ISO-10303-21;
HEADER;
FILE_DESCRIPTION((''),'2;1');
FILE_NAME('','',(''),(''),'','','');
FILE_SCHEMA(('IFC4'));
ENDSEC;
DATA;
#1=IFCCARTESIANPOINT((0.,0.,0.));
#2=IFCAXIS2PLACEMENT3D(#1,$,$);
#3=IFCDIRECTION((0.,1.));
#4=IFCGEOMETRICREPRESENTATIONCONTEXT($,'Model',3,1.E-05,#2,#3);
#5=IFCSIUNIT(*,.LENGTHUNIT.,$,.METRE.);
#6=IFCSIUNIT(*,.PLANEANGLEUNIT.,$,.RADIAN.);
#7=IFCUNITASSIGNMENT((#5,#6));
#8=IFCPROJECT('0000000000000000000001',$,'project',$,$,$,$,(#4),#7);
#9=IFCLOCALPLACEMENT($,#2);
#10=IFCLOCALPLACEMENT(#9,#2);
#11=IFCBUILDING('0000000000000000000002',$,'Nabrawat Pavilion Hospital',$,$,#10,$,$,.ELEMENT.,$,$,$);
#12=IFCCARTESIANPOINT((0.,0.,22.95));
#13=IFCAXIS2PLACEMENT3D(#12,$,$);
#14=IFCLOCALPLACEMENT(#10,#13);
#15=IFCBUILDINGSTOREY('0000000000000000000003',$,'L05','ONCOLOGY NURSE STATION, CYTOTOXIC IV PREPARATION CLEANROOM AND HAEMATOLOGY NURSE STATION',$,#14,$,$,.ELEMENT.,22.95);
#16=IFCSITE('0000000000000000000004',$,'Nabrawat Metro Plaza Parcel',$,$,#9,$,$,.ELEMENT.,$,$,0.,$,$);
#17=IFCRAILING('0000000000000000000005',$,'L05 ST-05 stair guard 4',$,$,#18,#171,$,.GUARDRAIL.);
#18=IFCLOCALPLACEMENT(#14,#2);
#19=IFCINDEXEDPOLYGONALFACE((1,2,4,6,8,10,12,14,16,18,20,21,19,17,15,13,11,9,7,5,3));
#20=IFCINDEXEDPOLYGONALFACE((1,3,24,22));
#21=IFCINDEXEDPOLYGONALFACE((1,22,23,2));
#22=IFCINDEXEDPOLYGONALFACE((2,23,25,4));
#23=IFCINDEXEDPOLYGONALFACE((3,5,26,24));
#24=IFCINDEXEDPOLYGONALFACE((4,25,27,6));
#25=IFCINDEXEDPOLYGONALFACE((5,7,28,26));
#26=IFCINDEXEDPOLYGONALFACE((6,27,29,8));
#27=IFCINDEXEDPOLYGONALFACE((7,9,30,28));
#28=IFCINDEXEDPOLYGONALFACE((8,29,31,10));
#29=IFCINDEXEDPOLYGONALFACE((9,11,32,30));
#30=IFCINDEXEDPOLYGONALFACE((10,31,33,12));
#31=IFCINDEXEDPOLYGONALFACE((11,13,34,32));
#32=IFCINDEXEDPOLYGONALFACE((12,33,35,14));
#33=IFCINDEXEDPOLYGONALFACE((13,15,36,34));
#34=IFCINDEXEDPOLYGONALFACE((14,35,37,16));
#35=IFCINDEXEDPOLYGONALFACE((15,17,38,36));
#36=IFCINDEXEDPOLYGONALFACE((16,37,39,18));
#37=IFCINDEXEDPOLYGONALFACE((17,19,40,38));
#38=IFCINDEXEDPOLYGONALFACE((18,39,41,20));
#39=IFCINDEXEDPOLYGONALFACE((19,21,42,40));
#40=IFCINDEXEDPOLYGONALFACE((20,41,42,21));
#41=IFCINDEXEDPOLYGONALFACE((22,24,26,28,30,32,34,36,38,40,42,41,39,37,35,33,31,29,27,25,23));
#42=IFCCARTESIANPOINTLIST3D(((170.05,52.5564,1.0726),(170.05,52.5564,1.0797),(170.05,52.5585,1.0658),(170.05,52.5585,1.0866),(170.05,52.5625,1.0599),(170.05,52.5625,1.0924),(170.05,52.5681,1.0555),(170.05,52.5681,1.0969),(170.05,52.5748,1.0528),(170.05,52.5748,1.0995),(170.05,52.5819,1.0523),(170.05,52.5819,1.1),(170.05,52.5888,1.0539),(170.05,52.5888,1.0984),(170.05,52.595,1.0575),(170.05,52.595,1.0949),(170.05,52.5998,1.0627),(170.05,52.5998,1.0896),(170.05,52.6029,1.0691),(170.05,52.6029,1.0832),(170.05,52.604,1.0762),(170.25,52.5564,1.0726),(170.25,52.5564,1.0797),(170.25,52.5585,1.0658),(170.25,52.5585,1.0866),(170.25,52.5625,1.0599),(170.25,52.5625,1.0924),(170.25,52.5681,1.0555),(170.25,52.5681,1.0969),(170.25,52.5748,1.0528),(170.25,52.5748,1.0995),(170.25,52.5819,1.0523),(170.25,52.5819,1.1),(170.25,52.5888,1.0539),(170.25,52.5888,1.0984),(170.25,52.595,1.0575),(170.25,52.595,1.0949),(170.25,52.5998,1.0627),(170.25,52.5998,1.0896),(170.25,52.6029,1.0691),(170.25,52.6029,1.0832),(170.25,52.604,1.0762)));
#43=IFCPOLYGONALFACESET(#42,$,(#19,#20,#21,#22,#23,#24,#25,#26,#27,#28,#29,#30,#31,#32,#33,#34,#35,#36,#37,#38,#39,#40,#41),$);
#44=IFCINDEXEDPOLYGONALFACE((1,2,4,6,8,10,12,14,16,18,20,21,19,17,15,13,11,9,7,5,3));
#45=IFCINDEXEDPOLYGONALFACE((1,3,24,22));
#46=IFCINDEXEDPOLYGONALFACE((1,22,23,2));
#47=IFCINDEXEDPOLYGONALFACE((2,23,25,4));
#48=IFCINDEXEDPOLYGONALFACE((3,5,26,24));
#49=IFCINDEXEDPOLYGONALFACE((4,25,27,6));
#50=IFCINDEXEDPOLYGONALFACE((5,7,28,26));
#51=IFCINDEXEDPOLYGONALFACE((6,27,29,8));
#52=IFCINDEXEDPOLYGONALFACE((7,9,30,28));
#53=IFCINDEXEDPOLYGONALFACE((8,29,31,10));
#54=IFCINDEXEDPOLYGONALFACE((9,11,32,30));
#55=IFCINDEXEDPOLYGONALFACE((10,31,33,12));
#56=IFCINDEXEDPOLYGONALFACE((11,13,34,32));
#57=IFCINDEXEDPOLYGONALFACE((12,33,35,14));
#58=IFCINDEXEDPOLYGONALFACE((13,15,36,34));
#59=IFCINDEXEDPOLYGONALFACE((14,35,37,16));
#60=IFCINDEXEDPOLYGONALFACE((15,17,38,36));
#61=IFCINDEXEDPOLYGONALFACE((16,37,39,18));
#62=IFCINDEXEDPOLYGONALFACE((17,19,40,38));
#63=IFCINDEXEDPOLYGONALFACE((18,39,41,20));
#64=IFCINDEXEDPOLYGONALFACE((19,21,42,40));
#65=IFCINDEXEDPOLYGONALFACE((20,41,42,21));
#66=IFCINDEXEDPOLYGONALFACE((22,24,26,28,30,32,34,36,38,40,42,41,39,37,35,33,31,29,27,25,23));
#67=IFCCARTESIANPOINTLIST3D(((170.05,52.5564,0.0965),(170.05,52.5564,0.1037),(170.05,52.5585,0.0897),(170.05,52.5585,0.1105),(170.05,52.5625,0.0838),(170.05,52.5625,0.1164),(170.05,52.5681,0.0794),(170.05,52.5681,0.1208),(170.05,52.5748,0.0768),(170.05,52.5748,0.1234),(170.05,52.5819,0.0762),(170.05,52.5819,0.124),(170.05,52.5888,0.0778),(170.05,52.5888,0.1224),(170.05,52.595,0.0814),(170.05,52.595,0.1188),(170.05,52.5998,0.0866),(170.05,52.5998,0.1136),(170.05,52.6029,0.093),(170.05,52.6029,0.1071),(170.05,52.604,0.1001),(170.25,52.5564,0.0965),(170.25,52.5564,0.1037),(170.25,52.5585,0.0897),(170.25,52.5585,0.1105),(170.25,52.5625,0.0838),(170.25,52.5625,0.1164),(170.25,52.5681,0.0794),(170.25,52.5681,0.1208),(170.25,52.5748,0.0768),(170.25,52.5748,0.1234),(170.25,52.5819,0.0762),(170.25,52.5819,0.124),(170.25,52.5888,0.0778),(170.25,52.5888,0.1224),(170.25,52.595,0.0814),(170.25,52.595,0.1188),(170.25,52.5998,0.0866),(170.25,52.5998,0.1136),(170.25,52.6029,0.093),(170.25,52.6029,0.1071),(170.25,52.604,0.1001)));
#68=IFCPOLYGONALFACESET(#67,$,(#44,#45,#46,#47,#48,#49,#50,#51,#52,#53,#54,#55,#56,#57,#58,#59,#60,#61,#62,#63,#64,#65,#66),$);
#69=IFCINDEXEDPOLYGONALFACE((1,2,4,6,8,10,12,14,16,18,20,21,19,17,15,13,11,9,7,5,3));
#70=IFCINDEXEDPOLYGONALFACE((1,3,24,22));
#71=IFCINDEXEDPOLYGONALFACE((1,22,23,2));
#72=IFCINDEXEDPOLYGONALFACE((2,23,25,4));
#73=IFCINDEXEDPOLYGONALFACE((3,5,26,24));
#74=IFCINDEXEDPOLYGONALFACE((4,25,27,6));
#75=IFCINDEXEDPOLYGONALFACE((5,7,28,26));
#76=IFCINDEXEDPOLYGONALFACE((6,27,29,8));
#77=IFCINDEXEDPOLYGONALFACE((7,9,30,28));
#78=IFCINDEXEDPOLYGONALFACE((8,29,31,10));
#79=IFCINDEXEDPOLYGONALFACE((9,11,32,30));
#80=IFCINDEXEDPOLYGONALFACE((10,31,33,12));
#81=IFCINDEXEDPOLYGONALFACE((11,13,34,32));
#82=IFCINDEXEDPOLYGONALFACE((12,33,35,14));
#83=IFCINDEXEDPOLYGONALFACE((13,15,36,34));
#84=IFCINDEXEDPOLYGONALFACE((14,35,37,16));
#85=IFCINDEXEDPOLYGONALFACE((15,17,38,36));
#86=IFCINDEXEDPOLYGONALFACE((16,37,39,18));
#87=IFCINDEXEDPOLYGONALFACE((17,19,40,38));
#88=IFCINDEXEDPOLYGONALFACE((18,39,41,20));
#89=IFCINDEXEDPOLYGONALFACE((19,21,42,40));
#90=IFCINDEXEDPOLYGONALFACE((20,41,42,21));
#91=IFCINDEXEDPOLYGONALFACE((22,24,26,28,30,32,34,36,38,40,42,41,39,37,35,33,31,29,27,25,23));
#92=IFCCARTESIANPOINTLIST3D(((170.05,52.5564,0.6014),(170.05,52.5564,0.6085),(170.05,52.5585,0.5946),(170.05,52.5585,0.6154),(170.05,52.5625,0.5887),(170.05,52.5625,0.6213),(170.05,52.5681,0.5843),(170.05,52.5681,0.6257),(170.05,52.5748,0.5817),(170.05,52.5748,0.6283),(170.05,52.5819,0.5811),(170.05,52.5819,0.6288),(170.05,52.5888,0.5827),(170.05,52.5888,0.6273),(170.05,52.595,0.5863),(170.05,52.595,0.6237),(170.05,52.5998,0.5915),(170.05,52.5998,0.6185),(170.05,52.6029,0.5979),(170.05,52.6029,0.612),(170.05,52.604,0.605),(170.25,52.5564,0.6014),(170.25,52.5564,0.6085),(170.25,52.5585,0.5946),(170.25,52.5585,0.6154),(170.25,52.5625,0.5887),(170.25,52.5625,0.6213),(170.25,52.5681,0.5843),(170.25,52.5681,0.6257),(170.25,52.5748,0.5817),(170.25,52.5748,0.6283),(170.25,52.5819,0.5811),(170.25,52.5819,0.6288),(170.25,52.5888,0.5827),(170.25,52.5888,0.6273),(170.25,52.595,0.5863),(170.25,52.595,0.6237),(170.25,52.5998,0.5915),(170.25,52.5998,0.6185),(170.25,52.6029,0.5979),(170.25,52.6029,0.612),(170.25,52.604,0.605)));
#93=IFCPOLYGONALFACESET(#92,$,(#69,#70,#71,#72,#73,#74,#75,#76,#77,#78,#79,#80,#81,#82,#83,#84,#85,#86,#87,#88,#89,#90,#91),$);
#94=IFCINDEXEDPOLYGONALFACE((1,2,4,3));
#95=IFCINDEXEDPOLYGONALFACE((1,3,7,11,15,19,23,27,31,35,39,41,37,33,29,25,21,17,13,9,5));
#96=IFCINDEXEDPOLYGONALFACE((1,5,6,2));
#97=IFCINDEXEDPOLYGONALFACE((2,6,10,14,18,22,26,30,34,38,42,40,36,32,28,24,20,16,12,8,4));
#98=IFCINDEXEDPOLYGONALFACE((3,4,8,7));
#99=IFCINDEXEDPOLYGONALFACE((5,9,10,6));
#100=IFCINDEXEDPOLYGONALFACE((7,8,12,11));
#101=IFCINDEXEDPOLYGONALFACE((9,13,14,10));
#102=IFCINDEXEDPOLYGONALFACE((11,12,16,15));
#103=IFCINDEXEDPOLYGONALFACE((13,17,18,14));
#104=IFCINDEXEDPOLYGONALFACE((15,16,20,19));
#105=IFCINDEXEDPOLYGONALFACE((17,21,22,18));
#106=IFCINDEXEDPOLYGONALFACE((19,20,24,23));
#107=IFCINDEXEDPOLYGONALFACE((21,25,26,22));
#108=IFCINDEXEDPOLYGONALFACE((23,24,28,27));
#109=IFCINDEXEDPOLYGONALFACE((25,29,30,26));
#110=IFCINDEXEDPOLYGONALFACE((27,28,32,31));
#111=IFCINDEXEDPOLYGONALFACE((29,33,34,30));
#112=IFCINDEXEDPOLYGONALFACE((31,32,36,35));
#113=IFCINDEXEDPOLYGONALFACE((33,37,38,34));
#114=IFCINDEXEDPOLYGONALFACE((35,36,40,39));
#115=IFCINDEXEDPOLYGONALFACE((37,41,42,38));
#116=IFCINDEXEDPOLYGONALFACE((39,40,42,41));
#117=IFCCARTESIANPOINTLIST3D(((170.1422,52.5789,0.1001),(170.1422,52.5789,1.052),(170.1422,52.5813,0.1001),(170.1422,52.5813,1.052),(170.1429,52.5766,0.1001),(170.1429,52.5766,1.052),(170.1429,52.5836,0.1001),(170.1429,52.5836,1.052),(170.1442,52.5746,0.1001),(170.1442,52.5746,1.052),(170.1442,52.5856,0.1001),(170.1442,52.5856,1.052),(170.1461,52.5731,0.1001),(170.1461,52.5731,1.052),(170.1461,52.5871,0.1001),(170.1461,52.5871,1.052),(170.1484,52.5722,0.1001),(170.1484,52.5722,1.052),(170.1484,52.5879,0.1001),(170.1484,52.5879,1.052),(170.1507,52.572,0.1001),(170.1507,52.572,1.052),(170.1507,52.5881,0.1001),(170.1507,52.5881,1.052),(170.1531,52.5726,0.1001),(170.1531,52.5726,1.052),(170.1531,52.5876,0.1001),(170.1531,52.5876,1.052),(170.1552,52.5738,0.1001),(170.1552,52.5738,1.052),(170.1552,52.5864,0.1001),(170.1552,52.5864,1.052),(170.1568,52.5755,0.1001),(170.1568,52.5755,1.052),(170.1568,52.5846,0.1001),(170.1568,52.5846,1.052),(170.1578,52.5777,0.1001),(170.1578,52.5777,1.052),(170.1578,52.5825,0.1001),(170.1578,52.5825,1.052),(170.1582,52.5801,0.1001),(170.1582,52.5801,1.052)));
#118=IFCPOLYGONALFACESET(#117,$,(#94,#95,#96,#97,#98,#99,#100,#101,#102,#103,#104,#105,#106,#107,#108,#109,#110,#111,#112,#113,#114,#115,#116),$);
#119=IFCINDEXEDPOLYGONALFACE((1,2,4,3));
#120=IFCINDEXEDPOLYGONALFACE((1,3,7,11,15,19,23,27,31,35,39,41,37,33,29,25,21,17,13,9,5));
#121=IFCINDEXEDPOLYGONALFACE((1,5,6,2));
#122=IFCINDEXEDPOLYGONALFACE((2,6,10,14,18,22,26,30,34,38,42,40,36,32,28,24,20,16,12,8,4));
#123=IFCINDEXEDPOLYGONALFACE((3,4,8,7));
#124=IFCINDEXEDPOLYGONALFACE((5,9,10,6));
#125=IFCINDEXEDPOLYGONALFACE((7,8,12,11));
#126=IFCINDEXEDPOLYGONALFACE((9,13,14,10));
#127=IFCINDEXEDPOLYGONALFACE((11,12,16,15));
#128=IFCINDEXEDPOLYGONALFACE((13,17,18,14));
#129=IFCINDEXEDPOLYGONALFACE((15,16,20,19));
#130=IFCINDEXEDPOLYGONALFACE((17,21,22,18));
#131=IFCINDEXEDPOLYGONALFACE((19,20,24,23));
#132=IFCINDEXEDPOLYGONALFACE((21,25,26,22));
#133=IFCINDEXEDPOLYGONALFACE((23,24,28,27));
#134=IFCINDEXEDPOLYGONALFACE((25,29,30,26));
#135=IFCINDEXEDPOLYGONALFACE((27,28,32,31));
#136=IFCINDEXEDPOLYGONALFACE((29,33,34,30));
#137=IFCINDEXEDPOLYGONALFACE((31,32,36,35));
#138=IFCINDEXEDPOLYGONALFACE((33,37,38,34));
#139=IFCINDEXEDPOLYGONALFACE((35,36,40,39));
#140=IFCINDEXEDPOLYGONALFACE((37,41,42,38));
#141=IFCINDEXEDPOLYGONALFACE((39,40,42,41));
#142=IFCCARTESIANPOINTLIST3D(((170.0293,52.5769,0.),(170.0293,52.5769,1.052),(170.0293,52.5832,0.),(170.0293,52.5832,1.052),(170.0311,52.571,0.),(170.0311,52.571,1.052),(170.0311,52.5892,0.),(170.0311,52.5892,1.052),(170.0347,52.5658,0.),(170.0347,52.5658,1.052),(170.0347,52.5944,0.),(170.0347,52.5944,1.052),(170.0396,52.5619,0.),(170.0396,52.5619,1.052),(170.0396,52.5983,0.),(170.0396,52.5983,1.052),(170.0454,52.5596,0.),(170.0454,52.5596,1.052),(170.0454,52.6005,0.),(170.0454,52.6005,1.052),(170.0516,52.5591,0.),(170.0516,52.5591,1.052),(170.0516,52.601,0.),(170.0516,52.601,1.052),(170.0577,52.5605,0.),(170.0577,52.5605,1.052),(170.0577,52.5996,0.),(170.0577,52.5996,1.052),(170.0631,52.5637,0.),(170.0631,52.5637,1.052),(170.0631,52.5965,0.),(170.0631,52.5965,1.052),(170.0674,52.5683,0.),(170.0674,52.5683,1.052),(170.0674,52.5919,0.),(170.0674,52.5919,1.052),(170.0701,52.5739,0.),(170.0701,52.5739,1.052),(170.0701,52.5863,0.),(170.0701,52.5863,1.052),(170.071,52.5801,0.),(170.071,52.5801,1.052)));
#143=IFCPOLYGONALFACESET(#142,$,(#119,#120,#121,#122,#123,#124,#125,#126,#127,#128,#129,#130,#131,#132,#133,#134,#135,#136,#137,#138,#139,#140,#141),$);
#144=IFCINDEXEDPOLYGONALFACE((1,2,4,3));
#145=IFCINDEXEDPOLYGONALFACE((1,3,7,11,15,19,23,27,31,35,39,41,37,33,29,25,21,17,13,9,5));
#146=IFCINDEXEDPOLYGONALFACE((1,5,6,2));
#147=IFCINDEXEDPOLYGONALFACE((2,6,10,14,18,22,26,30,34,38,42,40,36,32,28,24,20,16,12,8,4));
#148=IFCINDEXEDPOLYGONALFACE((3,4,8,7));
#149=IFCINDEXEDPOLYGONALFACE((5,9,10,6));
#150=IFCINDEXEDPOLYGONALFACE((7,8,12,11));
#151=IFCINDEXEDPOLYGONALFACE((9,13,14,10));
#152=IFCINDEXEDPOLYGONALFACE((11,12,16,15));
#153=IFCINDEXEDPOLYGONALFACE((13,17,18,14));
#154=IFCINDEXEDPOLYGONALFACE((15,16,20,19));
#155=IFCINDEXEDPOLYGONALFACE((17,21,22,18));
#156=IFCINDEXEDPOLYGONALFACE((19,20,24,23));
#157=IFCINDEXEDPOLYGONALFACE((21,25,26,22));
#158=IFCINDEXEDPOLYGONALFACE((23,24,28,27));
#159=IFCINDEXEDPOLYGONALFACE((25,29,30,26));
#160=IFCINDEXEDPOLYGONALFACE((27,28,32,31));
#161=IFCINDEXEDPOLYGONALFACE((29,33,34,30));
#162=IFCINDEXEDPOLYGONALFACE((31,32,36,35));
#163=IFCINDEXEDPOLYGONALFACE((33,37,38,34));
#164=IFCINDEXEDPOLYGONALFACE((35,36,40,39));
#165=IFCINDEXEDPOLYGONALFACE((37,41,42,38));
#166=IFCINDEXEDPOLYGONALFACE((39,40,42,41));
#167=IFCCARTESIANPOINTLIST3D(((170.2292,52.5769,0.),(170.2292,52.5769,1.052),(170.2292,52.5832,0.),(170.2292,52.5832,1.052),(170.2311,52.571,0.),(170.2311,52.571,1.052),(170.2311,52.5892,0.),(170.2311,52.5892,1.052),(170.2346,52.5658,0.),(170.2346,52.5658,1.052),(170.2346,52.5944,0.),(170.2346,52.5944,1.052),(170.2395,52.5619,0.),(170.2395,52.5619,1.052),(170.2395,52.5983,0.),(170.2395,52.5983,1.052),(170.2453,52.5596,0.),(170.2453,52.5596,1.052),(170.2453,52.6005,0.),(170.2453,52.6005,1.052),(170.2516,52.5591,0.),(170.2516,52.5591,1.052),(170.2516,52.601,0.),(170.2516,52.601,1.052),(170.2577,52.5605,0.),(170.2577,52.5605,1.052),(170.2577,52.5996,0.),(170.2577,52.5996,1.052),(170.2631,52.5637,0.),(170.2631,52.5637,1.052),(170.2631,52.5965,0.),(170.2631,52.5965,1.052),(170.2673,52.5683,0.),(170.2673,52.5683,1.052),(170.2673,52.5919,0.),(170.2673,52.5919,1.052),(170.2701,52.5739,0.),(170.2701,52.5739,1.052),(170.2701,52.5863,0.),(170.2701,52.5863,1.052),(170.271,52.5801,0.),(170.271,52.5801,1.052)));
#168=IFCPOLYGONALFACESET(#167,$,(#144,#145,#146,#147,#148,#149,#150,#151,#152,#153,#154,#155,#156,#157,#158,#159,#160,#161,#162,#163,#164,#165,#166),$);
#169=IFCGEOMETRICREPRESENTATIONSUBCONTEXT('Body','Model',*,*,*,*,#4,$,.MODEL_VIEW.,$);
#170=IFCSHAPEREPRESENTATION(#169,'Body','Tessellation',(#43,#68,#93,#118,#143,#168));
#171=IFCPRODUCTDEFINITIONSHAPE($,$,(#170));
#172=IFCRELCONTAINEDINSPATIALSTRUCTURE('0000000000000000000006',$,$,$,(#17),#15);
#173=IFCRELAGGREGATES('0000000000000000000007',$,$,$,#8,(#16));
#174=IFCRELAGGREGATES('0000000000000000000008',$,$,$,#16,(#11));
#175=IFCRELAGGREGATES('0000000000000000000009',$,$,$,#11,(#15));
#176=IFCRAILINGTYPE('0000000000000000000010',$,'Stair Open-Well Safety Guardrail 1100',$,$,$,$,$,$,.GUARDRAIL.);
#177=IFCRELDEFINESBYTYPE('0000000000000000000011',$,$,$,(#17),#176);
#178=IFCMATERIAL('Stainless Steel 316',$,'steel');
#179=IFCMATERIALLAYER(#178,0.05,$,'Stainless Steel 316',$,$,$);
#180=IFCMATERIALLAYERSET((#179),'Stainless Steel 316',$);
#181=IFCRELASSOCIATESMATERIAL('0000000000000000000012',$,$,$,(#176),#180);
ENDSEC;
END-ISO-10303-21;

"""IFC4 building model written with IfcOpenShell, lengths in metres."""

from ifc_helpers import new_model, si_unit, direction, frame, origin, origin_2d, place, context, subcontext, project, spatial, circle, extrude, material, layer, layer_set, type_object, element, save


model = new_model("IFC4")

# Units and contexts
model_context = context("Model", 3, precision=1e-05, world=origin(), true_north=direction((0.0, 1.0)))
body_context = subcontext(model_context, "Body", "Model", "MODEL_VIEW")
ifc_project = project(units=[si_unit("LENGTHUNIT", "METRE"), si_unit("PLANEANGLEUNIT", "RADIAN")], contexts=[model_context])

# Site, building, storey
site_placement = place(None, origin())
site = spatial("IfcSite", under=ifc_project, at=site_placement, Name="Nabrawat Metro Plaza Parcel", CompositionType="ELEMENT", RefElevation=0.0)
building_placement = place(site_placement, origin())
building = spatial("IfcBuilding", under=site, at=building_placement, Name="Nabrawat Pavilion Hospital", CompositionType="ELEMENT")
storey_placement = place(building_placement, frame((0.0, 0.0, 22.95)))
storey = spatial("IfcBuildingStorey", under=building, at=storey_placement, Name="L05", Description="ONCOLOGY NURSE STATION, CYTOTOXIC IV PREPARATION CLEANROOM AND HAEMATOLOGY NURSE STATION", CompositionType="ELEMENT", Elevation=22.95)

# Railing
ifc_material_1 = material(Name="Stainless Steel 316", Category="steel")
ifc_layer_1 = layer(ifc_material_1, 0.05, Name="Stainless Steel 316")
ifc_layer_set_1 = layer_set([ifc_layer_1], Name="Stainless Steel 316")
railing_type_1 = type_object("IfcRailingType", Name="Stair Open-Well Safety Guardrail 1100", PredefinedType="GUARDRAIL", material=ifc_layer_set_1)
railing_1_placement = place(storey_placement, frame((170.05, 52.5801, 0.0)))
element("IfcRailing", 1, at=railing_1_placement, inside=storey, type_object=railing_type_1, Name="L05 ST-05 stair guard 4", PredefinedType="GUARDRAIL", context=body_context, shape_type="SweptSolid", body=[
    extrude(circle(Radius=0.0239, at=origin_2d()), frame((0.0, 0.0, 1.0762), z_axis=(1.0, 0.0, 0.0), x_axis=(0.0, 1.0, 0.0)), (0.0, 0.0, 1.0), 0.2),
    extrude(circle(Radius=0.0239, at=origin_2d()), frame((0.0, 0.0, 0.1001), z_axis=(1.0, 0.0, 0.0), x_axis=(0.0, 1.0, 0.0)), (0.0, 0.0, 1.0), 0.2),
    extrude(circle(Radius=0.0239, at=origin_2d()), frame((0.0, 0.0, 0.605), z_axis=(1.0, 0.0, 0.0), x_axis=(0.0, 1.0, 0.0)), (0.0, 0.0, 1.0), 0.2),
    extrude(circle(Radius=0.0081, at=origin_2d()), frame((0.1001, 0.0, 0.1001)), (0.0, 0.0, 1.0), 0.9519),
    extrude(circle(Radius=0.021, at=origin_2d()), origin(), (0.0, 0.0, 1.0), 1.052),
    extrude(circle(Radius=0.021, at=origin_2d()), frame((0.2, 0.0, 0.0)), (0.0, 0.0, 1.0), 1.052),
])

save(model, "model.ifc")
